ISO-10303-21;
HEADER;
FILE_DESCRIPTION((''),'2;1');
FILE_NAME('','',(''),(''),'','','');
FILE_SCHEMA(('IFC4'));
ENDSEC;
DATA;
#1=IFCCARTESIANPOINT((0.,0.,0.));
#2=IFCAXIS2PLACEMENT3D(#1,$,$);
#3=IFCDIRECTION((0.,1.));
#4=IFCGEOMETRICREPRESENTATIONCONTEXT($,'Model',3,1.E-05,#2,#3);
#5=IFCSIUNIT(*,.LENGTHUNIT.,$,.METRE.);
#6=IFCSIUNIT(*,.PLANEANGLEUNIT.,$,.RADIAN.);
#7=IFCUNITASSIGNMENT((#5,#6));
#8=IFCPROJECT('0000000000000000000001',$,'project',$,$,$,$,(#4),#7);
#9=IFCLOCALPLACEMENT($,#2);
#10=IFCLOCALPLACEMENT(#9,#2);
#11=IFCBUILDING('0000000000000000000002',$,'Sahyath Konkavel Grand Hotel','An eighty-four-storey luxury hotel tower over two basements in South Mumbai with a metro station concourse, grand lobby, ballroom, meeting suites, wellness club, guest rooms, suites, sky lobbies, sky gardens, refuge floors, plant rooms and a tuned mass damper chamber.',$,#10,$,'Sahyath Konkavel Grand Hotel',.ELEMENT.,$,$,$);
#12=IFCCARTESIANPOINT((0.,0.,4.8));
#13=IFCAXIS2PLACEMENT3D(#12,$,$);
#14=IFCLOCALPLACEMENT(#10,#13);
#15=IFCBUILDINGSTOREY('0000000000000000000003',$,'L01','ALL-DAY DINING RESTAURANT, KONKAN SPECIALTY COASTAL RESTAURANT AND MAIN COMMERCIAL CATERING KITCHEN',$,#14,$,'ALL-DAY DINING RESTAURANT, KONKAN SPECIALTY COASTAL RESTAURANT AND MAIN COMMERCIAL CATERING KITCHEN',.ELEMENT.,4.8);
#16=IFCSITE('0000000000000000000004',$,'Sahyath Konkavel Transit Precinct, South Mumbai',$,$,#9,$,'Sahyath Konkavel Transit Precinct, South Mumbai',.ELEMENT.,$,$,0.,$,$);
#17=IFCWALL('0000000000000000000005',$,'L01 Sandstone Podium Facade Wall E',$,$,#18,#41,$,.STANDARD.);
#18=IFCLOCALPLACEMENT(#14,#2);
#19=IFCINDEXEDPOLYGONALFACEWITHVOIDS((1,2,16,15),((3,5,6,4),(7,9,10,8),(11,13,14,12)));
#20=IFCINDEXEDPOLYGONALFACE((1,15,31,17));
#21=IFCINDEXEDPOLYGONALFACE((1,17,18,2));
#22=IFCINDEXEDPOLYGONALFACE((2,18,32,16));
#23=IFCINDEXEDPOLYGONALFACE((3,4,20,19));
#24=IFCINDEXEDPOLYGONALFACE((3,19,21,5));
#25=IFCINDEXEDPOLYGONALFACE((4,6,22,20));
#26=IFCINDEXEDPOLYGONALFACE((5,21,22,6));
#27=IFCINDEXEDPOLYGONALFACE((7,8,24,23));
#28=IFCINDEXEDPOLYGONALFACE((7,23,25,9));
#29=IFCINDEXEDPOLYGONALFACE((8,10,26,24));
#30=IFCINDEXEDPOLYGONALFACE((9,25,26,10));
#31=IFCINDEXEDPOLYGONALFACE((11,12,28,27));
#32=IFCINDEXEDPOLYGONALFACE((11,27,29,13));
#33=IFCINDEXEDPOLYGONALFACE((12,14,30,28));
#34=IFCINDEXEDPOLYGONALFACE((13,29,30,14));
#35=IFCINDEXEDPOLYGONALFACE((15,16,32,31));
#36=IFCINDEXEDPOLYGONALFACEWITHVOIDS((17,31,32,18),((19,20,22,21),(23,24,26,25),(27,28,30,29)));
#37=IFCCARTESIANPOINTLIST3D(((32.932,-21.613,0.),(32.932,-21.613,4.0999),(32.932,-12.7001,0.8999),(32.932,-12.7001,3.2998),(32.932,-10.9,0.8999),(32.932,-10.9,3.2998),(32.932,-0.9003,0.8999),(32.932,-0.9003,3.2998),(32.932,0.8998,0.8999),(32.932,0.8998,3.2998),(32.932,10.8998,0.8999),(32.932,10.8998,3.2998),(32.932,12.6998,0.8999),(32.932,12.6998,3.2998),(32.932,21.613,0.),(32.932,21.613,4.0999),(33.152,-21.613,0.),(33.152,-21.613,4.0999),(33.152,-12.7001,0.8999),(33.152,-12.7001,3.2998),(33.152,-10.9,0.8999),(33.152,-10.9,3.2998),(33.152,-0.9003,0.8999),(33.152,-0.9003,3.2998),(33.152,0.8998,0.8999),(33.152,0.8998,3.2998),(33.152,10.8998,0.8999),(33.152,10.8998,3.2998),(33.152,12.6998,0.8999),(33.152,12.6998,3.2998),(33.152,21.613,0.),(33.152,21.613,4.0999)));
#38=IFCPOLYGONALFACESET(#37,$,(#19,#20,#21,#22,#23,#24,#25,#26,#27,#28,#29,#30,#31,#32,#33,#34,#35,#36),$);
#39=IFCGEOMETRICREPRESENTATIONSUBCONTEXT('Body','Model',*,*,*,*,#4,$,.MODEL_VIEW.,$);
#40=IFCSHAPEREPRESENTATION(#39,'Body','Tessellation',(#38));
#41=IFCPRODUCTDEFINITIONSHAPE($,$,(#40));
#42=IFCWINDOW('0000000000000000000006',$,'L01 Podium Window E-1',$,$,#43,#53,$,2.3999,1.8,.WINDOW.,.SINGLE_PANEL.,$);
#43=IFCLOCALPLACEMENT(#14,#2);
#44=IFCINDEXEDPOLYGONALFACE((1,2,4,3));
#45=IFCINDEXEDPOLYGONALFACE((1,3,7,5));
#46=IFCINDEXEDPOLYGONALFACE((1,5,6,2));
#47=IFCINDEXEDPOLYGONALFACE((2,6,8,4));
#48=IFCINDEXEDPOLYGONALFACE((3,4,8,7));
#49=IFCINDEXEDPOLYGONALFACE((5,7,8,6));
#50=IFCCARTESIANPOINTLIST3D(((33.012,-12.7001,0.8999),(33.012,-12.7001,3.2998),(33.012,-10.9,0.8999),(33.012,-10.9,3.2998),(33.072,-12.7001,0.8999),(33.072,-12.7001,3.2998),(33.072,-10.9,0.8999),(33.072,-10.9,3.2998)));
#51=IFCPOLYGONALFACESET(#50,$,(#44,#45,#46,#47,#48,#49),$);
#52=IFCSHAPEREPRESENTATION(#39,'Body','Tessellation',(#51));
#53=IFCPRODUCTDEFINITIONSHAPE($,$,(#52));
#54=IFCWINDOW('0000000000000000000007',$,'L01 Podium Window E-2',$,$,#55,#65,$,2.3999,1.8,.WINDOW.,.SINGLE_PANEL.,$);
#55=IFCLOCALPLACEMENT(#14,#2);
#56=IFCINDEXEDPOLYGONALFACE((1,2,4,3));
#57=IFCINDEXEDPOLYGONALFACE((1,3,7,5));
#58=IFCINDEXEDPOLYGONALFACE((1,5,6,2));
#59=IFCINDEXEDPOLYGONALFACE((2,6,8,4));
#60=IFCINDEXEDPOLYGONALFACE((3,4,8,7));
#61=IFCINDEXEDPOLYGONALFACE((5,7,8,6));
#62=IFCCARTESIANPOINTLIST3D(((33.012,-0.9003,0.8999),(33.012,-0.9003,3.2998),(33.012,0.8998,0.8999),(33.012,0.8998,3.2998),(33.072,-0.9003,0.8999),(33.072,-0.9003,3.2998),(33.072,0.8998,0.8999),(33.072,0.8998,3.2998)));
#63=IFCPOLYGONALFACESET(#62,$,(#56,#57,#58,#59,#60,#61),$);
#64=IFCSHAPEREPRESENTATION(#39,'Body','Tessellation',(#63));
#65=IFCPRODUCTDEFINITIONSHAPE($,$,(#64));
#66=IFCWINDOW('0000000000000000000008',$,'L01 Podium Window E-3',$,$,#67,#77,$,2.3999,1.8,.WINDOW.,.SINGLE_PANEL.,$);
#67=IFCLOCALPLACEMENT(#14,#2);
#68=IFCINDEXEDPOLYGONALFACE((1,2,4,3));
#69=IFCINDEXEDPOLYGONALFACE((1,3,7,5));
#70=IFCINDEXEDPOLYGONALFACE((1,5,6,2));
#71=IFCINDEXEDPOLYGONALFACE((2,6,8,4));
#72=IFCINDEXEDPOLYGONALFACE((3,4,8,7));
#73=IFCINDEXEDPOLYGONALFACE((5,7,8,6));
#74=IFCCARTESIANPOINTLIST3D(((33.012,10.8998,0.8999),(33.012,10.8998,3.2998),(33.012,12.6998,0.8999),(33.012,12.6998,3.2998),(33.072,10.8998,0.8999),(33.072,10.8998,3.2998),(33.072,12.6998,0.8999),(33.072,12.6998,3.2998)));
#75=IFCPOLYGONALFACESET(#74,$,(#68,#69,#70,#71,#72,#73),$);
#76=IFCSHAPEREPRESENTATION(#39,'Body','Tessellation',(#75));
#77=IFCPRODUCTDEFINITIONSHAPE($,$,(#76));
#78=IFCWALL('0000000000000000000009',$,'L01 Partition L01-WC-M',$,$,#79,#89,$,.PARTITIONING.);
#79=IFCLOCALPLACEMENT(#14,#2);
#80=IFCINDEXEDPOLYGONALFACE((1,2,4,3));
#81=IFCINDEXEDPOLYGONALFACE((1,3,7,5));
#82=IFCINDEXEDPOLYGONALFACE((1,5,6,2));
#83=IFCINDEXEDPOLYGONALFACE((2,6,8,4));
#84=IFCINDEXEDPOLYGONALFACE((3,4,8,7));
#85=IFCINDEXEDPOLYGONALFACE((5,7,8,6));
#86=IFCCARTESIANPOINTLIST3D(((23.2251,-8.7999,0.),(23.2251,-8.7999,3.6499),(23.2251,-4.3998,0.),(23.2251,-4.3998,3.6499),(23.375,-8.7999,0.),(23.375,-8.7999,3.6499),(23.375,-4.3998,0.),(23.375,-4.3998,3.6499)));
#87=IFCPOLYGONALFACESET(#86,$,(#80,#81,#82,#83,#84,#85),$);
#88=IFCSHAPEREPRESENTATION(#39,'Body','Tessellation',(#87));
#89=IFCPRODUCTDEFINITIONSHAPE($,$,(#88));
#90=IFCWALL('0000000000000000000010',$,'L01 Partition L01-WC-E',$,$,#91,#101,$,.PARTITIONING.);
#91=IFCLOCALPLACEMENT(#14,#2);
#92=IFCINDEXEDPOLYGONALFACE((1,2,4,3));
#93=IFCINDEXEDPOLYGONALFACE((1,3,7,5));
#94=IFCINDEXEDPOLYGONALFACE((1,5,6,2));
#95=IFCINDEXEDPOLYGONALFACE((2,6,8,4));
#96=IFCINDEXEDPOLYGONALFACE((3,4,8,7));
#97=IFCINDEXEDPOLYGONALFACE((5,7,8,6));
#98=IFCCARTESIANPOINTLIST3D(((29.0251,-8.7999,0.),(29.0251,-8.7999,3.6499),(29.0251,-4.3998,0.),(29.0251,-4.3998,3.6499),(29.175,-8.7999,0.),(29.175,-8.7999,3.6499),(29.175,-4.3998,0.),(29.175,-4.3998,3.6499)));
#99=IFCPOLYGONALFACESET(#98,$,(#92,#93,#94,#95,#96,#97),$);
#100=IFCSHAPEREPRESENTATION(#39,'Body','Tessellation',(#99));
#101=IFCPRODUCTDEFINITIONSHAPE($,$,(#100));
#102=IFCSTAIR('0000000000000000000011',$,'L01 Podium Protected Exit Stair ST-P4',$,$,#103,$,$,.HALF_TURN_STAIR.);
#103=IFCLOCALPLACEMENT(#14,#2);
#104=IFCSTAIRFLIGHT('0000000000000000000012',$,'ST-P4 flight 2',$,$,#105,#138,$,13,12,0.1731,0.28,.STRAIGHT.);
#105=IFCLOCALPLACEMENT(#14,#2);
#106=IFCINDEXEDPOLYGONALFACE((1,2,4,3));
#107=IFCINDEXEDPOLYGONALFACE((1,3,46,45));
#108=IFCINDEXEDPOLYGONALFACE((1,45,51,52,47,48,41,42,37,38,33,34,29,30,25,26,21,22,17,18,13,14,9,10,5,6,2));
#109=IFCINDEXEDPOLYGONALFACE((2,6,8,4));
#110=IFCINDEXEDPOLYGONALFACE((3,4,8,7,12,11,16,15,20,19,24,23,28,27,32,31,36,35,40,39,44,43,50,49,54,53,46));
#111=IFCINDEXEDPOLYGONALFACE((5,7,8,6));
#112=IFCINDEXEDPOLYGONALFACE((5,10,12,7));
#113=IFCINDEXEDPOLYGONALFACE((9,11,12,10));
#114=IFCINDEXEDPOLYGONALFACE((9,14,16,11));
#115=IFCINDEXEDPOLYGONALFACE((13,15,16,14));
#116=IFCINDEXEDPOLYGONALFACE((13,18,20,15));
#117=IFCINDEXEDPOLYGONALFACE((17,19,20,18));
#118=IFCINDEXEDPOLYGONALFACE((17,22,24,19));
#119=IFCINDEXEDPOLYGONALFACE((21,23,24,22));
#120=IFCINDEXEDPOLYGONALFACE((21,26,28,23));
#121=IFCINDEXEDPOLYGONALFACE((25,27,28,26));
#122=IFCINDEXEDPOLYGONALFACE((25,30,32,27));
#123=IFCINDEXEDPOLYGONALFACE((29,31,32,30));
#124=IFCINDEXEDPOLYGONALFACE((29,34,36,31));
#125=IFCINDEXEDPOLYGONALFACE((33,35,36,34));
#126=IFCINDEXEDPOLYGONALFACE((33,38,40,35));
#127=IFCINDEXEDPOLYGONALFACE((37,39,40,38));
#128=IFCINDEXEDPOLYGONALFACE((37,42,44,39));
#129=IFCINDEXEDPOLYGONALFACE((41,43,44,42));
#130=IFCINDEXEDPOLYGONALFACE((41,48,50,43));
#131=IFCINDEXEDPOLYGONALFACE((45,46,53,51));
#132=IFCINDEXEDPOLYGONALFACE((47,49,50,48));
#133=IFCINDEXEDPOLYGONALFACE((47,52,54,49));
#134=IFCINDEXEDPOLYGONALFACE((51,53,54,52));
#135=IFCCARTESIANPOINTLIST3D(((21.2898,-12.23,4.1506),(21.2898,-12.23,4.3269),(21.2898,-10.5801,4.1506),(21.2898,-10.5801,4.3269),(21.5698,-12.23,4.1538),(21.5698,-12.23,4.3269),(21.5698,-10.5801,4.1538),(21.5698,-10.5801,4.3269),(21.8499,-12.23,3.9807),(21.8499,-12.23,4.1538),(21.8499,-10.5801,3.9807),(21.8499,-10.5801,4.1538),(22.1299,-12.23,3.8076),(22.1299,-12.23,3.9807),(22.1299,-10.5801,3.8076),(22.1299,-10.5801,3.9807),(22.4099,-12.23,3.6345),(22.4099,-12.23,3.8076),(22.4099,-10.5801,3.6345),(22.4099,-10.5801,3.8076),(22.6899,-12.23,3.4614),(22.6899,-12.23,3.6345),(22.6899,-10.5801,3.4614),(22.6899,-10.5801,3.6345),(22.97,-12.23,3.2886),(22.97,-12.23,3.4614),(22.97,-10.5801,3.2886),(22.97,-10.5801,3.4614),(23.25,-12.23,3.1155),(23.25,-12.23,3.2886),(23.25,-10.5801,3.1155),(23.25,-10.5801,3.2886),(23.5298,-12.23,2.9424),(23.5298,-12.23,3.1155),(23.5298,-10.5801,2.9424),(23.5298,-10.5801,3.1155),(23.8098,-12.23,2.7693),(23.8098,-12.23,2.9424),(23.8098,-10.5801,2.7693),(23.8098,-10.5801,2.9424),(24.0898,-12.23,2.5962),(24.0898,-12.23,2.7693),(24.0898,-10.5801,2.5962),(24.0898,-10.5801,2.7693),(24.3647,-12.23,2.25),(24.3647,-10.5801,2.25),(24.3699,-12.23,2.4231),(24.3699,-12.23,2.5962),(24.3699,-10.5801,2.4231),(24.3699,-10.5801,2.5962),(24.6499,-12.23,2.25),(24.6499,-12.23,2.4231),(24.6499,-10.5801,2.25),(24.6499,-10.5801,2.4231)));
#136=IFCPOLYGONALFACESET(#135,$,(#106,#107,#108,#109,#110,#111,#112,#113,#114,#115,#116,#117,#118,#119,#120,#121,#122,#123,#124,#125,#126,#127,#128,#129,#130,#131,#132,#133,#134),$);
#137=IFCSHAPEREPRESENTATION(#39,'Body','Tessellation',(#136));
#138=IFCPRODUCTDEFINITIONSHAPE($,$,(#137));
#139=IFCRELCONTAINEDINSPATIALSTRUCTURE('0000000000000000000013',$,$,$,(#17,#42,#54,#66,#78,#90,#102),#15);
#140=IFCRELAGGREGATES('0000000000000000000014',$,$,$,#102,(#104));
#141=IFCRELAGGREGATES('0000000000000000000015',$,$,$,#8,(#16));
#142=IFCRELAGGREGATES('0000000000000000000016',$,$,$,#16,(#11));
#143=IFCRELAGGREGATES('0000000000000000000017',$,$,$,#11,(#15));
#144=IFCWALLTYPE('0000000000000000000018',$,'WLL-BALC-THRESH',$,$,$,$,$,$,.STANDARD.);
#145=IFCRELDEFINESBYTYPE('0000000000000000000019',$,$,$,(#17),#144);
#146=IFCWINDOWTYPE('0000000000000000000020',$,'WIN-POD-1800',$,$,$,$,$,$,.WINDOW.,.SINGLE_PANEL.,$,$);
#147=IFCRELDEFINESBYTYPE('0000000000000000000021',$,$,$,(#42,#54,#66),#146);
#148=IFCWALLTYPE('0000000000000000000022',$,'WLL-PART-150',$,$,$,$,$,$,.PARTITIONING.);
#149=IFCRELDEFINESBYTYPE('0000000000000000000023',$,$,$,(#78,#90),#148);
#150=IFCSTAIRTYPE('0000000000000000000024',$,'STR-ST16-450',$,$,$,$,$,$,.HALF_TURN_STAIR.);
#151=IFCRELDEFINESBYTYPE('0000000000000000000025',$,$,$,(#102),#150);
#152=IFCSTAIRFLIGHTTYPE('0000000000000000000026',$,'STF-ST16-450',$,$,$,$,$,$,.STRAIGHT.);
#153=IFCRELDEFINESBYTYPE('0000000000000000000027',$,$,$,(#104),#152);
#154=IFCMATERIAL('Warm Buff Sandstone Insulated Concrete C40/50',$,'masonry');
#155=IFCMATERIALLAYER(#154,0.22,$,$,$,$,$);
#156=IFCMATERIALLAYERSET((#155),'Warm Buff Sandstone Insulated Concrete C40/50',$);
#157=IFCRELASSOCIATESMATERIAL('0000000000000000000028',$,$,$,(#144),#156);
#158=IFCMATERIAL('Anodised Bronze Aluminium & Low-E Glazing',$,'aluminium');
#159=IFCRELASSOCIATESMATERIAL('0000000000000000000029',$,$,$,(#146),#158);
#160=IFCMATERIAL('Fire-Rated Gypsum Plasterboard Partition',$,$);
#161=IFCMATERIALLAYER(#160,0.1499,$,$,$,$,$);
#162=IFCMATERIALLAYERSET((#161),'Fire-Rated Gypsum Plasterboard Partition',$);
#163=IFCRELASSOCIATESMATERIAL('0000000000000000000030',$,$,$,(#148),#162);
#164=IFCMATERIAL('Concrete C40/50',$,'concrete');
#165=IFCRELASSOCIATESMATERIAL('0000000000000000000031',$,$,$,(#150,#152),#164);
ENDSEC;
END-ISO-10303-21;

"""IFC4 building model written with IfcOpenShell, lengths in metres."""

from ifc_helpers import new_model, si_unit, direction, frame, frame_2d, origin, origin_2d, place, context, subcontext, project, spatial, polyline, rectangle, outline, extrude, source, transform, mapped, material, layer, layer_set, type_object, element, fill, aggregate, save


model = new_model("IFC4")

# Units and contexts
model_context = context("Model", 3, precision=1e-05, world=origin(), true_north=direction((0.0, 1.0)))
body_context = subcontext(model_context, "Body", "Model", "MODEL_VIEW")
ifc_project = project(units=[si_unit("LENGTHUNIT", "METRE"), si_unit("PLANEANGLEUNIT", "RADIAN")], contexts=[model_context])

# Site, building, storey
site_placement = place(None, origin())
site = spatial("IfcSite", under=ifc_project, at=site_placement, Name="Sahyath Konkavel Transit Precinct, South Mumbai", LongName="Sahyath Konkavel Transit Precinct, South Mumbai", CompositionType="ELEMENT", RefElevation=0.0)
building_placement = place(site_placement, origin())
building = spatial("IfcBuilding", under=site, at=building_placement, Name="Sahyath Konkavel Grand Hotel", Description="An eighty-four-storey luxury hotel tower over two basements in South Mumbai with a metro station concourse, grand lobby, ballroom, meeting suites, wellness club, guest rooms, suites, sky lobbies, sky gardens, refuge floors, plant rooms and a tuned mass damper chamber.", LongName="Sahyath Konkavel Grand Hotel", CompositionType="ELEMENT")
storey_placement = place(building_placement, frame((0.0, 0.0, 4.8)))
storey = spatial("IfcBuildingStorey", under=building, at=storey_placement, Name="L01", Description="ALL-DAY DINING RESTAURANT, KONKAN SPECIALTY COASTAL RESTAURANT AND MAIN COMMERCIAL CATERING KITCHEN", LongName="ALL-DAY DINING RESTAURANT, KONKAN SPECIALTY COASTAL RESTAURANT AND MAIN COMMERCIAL CATERING KITCHEN", CompositionType="ELEMENT", Elevation=4.8)

# Shared definitions
ifc_material_1 = material(Name="Anodised Bronze Aluminium & Low-E Glazing", Category="aluminium")

# Shared definitions
ifc_material_2 = material(Name="Concrete C40/50", Category="concrete")
ifc_material_3 = material(Name="Warm Buff Sandstone Insulated Concrete C40/50", Category="masonry")
ifc_layer_1 = layer(ifc_material_3, 0.22)
ifc_layer_set_1 = layer_set([ifc_layer_1], Name="Warm Buff Sandstone Insulated Concrete C40/50")
wall_type_1 = type_object("IfcWallType", Name="WLL-BALC-THRESH", PredefinedType="STANDARD", material=ifc_layer_set_1)

# Wall, openings, windows
wall_1_placement = place(storey_placement, frame((33.042, -21.613, 0.0), z_axis=(0.0, 0.0, 1.0), x_axis=(0.0, 1.0, 0.0)))
wall_1 = element("IfcWall", 1, at=wall_1_placement, inside=storey, type_object=wall_type_1, Name="L01 Sandstone Podium Facade Wall E", PredefinedType="STANDARD", context=body_context, shape_type="SweptSolid", body=[
    extrude(rectangle(XDim=43.2261, YDim=0.22, at=frame_2d((21.613, 0.0))), origin(), (0.0, 0.0, 1.0), 4.0999),
])
opening_1_placement = place(wall_1_placement, frame((8.9131, 0.0, 0.8999)))
opening_1 = element("IfcOpeningElement", 2, at=opening_1_placement, cuts=wall_1, PredefinedType="OPENING", context=body_context, shape_type="SweptSolid", body=[
    extrude(rectangle(XDim=1.8, YDim=2.3999, at=frame_2d((0.8999, 1.2))), frame((0.0, 0.1201, 0.0), z_axis=(0.0, -1.0, 0.0), x_axis=(1.0, 0.0, 0.0)), (0.0, 0.0, 1.0), 0.24),
])
opening_2_placement = place(wall_1_placement, frame((20.7129, 0.0, 0.8999)))
opening_2 = element("IfcOpeningElement", 3, at=opening_2_placement, cuts=wall_1, PredefinedType="OPENING", context=body_context, shape_type="SweptSolid", body=[
    extrude(rectangle(XDim=1.8, YDim=2.3999, at=frame_2d((0.8999, 1.2))), frame((0.0, 0.1201, 0.0), z_axis=(0.0, -1.0, 0.0), x_axis=(1.0, 0.0, 0.0)), (0.0, 0.0, 1.0), 0.24),
])
opening_3_placement = place(wall_1_placement, frame((32.5129, 0.0, 0.8999)))
opening_3 = element("IfcOpeningElement", 4, at=opening_3_placement, cuts=wall_1, PredefinedType="OPENING", context=body_context, shape_type="SweptSolid", body=[
    extrude(rectangle(XDim=1.8, YDim=2.3999, at=frame_2d((0.8999, 1.2))), frame((0.0, 0.1201, 0.0), z_axis=(0.0, -1.0, 0.0), x_axis=(1.0, 0.0, 0.0)), (0.0, 0.0, 1.0), 0.24),
])
window_type = type_object("IfcWindowType", Name="WIN-POD-1800", PartitioningType="SINGLE_PANEL", PredefinedType="WINDOW", material=ifc_material_1)
shared_shape_1 = source(origin(), body_context, "Body", "SweptSolid", [
    extrude(rectangle(XDim=1.8, YDim=0.0601, at=origin_2d()), origin(), (0.0, 0.0, 1.0), 2.3999),
])
window_1_placement = place(opening_1_placement, frame((0.8999, 0.0, 0.0)))
window_1 = element("IfcWindow", 5, at=window_1_placement, inside=storey, type_object=window_type, Name="L01 Podium Window E-1", OverallHeight=2.3999, OverallWidth=1.8, PartitioningType="SINGLE_PANEL", PredefinedType="WINDOW", context=body_context, shape_type="MappedRepresentation", body=[
    mapped(shared_shape_1, transform((0.0, 0.0, 0.0), scale=1.0)),
])
fill(opening_1, window_1)
window_2_placement = place(opening_2_placement, frame((0.8999, 0.0, 0.0)))
window_2 = element("IfcWindow", 6, at=window_2_placement, inside=storey, type_object=window_type, Name="L01 Podium Window E-2", OverallHeight=2.3999, OverallWidth=1.8, PartitioningType="SINGLE_PANEL", PredefinedType="WINDOW", context=body_context, shape_type="MappedRepresentation", body=[
    mapped(shared_shape_1, transform((0.0, 0.0, 0.0), scale=1.0)),
])
fill(opening_2, window_2)
window_3_placement = place(opening_3_placement, frame((0.8999, 0.0, 0.0)))
window_3 = element("IfcWindow", 7, at=window_3_placement, inside=storey, type_object=window_type, Name="L01 Podium Window E-3", OverallHeight=2.3999, OverallWidth=1.8, PartitioningType="SINGLE_PANEL", PredefinedType="WINDOW", context=body_context, shape_type="MappedRepresentation", body=[
    mapped(shared_shape_1, transform((0.0, 0.0, 0.0), scale=1.0)),
])
fill(opening_3, window_3)

# Walls
ifc_material_4 = material(Name="Fire-Rated Gypsum Plasterboard Partition")
ifc_layer_2 = layer(ifc_material_4, 0.1499)
ifc_layer_set_2 = layer_set([ifc_layer_2], Name="Fire-Rated Gypsum Plasterboard Partition")
wall_type_2 = type_object("IfcWallType", Name="WLL-PART-150", PredefinedType="PARTITIONING", material=ifc_layer_set_2)
for number, where, z_axis, x_axis, name in (
    (8, (23.3, -8.8, 0.0), (0.0, 0.0, 1.0), (0.0, 1.0, 0.0), "L01 Partition L01-WC-M"),
    (9, (29.1001, -8.8, 0.0), (0.0, 0.0, 1.0), (0.0, 1.0, 0.0), "L01 Partition L01-WC-E"),
):
    element("IfcWall", number, at=place(storey_placement, frame(where, z_axis=z_axis, x_axis=x_axis)), inside=storey, type_object=wall_type_2, Name=name, PredefinedType="PARTITIONING", context=body_context, shape_type="SweptSolid", body=[
        extrude(rectangle(XDim=4.4001, YDim=0.1499, at=frame_2d((2.2002, 0.0))), origin(), (0.0, 0.0, 1.0), 3.6499),
    ])

# Stair, stair flight
stair_type = type_object("IfcStairType", Name="STR-ST16-450", PredefinedType="HALF_TURN_STAIR", material=ifc_material_2)
stair_placement = place(storey_placement, origin())
stair = element("IfcStair", 10, at=stair_placement, inside=storey, type_object=stair_type, Name="L01 Podium Protected Exit Stair ST-P4", PredefinedType="HALF_TURN_STAIR")
stair_flight_type = type_object("IfcStairFlightType", Name="STF-ST16-450", PredefinedType="STRAIGHT", material=ifc_material_2)
stair_flight_placement = place(storey_placement, frame((24.6499, -11.405, 2.25), z_axis=(0.0, 0.0, 1.0), x_axis=(-1.0, 0.0, 0.0)))
stair_flight = element("IfcStairFlight", 11, at=stair_flight_placement, type_object=stair_flight_type, Name="ST-P4 flight 2", NumberOfRisers=13, NumberOfTreads=12, PredefinedType="STRAIGHT", RiserHeight=0.1731, TreadLength=0.28, context=body_context, shape_type="SweptSolid", body=[
    extrude(outline(polyline([(0.0, 0.0), (0.0, 0.1731), (0.28, 0.1731), (0.28, 0.3462), (0.5601, 0.3462), (0.5601, 0.5193), (0.8401, 0.5193), (0.8401, 0.6924), (1.1201, 0.6924), (1.1201, 0.8655), (1.3999, 0.8655), (1.3999, 1.0386), (1.6799, 1.0386), (1.6799, 1.2114), (1.96, 1.2114), (1.96, 1.3845), (2.24, 1.3845), (2.24, 1.5576), (2.52, 1.5576), (2.52, 1.7307), (2.8, 1.7307), (2.8, 1.9038), (3.0801, 1.9038), (3.0801, 2.0769), (3.3601, 2.0769), (3.3601, 2.25), (3.3601, 1.9006), (0.2852, 0.0), (0.0, 0.0)])), frame((0.0, 0.825, 0.0), z_axis=(0.0, -1.0, 0.0), x_axis=(1.0, 0.0, 0.0)), (0.0, 0.0, 1.0), 1.6499),
])
aggregate(stair, [stair_flight])

save(model, "model.ifc")
